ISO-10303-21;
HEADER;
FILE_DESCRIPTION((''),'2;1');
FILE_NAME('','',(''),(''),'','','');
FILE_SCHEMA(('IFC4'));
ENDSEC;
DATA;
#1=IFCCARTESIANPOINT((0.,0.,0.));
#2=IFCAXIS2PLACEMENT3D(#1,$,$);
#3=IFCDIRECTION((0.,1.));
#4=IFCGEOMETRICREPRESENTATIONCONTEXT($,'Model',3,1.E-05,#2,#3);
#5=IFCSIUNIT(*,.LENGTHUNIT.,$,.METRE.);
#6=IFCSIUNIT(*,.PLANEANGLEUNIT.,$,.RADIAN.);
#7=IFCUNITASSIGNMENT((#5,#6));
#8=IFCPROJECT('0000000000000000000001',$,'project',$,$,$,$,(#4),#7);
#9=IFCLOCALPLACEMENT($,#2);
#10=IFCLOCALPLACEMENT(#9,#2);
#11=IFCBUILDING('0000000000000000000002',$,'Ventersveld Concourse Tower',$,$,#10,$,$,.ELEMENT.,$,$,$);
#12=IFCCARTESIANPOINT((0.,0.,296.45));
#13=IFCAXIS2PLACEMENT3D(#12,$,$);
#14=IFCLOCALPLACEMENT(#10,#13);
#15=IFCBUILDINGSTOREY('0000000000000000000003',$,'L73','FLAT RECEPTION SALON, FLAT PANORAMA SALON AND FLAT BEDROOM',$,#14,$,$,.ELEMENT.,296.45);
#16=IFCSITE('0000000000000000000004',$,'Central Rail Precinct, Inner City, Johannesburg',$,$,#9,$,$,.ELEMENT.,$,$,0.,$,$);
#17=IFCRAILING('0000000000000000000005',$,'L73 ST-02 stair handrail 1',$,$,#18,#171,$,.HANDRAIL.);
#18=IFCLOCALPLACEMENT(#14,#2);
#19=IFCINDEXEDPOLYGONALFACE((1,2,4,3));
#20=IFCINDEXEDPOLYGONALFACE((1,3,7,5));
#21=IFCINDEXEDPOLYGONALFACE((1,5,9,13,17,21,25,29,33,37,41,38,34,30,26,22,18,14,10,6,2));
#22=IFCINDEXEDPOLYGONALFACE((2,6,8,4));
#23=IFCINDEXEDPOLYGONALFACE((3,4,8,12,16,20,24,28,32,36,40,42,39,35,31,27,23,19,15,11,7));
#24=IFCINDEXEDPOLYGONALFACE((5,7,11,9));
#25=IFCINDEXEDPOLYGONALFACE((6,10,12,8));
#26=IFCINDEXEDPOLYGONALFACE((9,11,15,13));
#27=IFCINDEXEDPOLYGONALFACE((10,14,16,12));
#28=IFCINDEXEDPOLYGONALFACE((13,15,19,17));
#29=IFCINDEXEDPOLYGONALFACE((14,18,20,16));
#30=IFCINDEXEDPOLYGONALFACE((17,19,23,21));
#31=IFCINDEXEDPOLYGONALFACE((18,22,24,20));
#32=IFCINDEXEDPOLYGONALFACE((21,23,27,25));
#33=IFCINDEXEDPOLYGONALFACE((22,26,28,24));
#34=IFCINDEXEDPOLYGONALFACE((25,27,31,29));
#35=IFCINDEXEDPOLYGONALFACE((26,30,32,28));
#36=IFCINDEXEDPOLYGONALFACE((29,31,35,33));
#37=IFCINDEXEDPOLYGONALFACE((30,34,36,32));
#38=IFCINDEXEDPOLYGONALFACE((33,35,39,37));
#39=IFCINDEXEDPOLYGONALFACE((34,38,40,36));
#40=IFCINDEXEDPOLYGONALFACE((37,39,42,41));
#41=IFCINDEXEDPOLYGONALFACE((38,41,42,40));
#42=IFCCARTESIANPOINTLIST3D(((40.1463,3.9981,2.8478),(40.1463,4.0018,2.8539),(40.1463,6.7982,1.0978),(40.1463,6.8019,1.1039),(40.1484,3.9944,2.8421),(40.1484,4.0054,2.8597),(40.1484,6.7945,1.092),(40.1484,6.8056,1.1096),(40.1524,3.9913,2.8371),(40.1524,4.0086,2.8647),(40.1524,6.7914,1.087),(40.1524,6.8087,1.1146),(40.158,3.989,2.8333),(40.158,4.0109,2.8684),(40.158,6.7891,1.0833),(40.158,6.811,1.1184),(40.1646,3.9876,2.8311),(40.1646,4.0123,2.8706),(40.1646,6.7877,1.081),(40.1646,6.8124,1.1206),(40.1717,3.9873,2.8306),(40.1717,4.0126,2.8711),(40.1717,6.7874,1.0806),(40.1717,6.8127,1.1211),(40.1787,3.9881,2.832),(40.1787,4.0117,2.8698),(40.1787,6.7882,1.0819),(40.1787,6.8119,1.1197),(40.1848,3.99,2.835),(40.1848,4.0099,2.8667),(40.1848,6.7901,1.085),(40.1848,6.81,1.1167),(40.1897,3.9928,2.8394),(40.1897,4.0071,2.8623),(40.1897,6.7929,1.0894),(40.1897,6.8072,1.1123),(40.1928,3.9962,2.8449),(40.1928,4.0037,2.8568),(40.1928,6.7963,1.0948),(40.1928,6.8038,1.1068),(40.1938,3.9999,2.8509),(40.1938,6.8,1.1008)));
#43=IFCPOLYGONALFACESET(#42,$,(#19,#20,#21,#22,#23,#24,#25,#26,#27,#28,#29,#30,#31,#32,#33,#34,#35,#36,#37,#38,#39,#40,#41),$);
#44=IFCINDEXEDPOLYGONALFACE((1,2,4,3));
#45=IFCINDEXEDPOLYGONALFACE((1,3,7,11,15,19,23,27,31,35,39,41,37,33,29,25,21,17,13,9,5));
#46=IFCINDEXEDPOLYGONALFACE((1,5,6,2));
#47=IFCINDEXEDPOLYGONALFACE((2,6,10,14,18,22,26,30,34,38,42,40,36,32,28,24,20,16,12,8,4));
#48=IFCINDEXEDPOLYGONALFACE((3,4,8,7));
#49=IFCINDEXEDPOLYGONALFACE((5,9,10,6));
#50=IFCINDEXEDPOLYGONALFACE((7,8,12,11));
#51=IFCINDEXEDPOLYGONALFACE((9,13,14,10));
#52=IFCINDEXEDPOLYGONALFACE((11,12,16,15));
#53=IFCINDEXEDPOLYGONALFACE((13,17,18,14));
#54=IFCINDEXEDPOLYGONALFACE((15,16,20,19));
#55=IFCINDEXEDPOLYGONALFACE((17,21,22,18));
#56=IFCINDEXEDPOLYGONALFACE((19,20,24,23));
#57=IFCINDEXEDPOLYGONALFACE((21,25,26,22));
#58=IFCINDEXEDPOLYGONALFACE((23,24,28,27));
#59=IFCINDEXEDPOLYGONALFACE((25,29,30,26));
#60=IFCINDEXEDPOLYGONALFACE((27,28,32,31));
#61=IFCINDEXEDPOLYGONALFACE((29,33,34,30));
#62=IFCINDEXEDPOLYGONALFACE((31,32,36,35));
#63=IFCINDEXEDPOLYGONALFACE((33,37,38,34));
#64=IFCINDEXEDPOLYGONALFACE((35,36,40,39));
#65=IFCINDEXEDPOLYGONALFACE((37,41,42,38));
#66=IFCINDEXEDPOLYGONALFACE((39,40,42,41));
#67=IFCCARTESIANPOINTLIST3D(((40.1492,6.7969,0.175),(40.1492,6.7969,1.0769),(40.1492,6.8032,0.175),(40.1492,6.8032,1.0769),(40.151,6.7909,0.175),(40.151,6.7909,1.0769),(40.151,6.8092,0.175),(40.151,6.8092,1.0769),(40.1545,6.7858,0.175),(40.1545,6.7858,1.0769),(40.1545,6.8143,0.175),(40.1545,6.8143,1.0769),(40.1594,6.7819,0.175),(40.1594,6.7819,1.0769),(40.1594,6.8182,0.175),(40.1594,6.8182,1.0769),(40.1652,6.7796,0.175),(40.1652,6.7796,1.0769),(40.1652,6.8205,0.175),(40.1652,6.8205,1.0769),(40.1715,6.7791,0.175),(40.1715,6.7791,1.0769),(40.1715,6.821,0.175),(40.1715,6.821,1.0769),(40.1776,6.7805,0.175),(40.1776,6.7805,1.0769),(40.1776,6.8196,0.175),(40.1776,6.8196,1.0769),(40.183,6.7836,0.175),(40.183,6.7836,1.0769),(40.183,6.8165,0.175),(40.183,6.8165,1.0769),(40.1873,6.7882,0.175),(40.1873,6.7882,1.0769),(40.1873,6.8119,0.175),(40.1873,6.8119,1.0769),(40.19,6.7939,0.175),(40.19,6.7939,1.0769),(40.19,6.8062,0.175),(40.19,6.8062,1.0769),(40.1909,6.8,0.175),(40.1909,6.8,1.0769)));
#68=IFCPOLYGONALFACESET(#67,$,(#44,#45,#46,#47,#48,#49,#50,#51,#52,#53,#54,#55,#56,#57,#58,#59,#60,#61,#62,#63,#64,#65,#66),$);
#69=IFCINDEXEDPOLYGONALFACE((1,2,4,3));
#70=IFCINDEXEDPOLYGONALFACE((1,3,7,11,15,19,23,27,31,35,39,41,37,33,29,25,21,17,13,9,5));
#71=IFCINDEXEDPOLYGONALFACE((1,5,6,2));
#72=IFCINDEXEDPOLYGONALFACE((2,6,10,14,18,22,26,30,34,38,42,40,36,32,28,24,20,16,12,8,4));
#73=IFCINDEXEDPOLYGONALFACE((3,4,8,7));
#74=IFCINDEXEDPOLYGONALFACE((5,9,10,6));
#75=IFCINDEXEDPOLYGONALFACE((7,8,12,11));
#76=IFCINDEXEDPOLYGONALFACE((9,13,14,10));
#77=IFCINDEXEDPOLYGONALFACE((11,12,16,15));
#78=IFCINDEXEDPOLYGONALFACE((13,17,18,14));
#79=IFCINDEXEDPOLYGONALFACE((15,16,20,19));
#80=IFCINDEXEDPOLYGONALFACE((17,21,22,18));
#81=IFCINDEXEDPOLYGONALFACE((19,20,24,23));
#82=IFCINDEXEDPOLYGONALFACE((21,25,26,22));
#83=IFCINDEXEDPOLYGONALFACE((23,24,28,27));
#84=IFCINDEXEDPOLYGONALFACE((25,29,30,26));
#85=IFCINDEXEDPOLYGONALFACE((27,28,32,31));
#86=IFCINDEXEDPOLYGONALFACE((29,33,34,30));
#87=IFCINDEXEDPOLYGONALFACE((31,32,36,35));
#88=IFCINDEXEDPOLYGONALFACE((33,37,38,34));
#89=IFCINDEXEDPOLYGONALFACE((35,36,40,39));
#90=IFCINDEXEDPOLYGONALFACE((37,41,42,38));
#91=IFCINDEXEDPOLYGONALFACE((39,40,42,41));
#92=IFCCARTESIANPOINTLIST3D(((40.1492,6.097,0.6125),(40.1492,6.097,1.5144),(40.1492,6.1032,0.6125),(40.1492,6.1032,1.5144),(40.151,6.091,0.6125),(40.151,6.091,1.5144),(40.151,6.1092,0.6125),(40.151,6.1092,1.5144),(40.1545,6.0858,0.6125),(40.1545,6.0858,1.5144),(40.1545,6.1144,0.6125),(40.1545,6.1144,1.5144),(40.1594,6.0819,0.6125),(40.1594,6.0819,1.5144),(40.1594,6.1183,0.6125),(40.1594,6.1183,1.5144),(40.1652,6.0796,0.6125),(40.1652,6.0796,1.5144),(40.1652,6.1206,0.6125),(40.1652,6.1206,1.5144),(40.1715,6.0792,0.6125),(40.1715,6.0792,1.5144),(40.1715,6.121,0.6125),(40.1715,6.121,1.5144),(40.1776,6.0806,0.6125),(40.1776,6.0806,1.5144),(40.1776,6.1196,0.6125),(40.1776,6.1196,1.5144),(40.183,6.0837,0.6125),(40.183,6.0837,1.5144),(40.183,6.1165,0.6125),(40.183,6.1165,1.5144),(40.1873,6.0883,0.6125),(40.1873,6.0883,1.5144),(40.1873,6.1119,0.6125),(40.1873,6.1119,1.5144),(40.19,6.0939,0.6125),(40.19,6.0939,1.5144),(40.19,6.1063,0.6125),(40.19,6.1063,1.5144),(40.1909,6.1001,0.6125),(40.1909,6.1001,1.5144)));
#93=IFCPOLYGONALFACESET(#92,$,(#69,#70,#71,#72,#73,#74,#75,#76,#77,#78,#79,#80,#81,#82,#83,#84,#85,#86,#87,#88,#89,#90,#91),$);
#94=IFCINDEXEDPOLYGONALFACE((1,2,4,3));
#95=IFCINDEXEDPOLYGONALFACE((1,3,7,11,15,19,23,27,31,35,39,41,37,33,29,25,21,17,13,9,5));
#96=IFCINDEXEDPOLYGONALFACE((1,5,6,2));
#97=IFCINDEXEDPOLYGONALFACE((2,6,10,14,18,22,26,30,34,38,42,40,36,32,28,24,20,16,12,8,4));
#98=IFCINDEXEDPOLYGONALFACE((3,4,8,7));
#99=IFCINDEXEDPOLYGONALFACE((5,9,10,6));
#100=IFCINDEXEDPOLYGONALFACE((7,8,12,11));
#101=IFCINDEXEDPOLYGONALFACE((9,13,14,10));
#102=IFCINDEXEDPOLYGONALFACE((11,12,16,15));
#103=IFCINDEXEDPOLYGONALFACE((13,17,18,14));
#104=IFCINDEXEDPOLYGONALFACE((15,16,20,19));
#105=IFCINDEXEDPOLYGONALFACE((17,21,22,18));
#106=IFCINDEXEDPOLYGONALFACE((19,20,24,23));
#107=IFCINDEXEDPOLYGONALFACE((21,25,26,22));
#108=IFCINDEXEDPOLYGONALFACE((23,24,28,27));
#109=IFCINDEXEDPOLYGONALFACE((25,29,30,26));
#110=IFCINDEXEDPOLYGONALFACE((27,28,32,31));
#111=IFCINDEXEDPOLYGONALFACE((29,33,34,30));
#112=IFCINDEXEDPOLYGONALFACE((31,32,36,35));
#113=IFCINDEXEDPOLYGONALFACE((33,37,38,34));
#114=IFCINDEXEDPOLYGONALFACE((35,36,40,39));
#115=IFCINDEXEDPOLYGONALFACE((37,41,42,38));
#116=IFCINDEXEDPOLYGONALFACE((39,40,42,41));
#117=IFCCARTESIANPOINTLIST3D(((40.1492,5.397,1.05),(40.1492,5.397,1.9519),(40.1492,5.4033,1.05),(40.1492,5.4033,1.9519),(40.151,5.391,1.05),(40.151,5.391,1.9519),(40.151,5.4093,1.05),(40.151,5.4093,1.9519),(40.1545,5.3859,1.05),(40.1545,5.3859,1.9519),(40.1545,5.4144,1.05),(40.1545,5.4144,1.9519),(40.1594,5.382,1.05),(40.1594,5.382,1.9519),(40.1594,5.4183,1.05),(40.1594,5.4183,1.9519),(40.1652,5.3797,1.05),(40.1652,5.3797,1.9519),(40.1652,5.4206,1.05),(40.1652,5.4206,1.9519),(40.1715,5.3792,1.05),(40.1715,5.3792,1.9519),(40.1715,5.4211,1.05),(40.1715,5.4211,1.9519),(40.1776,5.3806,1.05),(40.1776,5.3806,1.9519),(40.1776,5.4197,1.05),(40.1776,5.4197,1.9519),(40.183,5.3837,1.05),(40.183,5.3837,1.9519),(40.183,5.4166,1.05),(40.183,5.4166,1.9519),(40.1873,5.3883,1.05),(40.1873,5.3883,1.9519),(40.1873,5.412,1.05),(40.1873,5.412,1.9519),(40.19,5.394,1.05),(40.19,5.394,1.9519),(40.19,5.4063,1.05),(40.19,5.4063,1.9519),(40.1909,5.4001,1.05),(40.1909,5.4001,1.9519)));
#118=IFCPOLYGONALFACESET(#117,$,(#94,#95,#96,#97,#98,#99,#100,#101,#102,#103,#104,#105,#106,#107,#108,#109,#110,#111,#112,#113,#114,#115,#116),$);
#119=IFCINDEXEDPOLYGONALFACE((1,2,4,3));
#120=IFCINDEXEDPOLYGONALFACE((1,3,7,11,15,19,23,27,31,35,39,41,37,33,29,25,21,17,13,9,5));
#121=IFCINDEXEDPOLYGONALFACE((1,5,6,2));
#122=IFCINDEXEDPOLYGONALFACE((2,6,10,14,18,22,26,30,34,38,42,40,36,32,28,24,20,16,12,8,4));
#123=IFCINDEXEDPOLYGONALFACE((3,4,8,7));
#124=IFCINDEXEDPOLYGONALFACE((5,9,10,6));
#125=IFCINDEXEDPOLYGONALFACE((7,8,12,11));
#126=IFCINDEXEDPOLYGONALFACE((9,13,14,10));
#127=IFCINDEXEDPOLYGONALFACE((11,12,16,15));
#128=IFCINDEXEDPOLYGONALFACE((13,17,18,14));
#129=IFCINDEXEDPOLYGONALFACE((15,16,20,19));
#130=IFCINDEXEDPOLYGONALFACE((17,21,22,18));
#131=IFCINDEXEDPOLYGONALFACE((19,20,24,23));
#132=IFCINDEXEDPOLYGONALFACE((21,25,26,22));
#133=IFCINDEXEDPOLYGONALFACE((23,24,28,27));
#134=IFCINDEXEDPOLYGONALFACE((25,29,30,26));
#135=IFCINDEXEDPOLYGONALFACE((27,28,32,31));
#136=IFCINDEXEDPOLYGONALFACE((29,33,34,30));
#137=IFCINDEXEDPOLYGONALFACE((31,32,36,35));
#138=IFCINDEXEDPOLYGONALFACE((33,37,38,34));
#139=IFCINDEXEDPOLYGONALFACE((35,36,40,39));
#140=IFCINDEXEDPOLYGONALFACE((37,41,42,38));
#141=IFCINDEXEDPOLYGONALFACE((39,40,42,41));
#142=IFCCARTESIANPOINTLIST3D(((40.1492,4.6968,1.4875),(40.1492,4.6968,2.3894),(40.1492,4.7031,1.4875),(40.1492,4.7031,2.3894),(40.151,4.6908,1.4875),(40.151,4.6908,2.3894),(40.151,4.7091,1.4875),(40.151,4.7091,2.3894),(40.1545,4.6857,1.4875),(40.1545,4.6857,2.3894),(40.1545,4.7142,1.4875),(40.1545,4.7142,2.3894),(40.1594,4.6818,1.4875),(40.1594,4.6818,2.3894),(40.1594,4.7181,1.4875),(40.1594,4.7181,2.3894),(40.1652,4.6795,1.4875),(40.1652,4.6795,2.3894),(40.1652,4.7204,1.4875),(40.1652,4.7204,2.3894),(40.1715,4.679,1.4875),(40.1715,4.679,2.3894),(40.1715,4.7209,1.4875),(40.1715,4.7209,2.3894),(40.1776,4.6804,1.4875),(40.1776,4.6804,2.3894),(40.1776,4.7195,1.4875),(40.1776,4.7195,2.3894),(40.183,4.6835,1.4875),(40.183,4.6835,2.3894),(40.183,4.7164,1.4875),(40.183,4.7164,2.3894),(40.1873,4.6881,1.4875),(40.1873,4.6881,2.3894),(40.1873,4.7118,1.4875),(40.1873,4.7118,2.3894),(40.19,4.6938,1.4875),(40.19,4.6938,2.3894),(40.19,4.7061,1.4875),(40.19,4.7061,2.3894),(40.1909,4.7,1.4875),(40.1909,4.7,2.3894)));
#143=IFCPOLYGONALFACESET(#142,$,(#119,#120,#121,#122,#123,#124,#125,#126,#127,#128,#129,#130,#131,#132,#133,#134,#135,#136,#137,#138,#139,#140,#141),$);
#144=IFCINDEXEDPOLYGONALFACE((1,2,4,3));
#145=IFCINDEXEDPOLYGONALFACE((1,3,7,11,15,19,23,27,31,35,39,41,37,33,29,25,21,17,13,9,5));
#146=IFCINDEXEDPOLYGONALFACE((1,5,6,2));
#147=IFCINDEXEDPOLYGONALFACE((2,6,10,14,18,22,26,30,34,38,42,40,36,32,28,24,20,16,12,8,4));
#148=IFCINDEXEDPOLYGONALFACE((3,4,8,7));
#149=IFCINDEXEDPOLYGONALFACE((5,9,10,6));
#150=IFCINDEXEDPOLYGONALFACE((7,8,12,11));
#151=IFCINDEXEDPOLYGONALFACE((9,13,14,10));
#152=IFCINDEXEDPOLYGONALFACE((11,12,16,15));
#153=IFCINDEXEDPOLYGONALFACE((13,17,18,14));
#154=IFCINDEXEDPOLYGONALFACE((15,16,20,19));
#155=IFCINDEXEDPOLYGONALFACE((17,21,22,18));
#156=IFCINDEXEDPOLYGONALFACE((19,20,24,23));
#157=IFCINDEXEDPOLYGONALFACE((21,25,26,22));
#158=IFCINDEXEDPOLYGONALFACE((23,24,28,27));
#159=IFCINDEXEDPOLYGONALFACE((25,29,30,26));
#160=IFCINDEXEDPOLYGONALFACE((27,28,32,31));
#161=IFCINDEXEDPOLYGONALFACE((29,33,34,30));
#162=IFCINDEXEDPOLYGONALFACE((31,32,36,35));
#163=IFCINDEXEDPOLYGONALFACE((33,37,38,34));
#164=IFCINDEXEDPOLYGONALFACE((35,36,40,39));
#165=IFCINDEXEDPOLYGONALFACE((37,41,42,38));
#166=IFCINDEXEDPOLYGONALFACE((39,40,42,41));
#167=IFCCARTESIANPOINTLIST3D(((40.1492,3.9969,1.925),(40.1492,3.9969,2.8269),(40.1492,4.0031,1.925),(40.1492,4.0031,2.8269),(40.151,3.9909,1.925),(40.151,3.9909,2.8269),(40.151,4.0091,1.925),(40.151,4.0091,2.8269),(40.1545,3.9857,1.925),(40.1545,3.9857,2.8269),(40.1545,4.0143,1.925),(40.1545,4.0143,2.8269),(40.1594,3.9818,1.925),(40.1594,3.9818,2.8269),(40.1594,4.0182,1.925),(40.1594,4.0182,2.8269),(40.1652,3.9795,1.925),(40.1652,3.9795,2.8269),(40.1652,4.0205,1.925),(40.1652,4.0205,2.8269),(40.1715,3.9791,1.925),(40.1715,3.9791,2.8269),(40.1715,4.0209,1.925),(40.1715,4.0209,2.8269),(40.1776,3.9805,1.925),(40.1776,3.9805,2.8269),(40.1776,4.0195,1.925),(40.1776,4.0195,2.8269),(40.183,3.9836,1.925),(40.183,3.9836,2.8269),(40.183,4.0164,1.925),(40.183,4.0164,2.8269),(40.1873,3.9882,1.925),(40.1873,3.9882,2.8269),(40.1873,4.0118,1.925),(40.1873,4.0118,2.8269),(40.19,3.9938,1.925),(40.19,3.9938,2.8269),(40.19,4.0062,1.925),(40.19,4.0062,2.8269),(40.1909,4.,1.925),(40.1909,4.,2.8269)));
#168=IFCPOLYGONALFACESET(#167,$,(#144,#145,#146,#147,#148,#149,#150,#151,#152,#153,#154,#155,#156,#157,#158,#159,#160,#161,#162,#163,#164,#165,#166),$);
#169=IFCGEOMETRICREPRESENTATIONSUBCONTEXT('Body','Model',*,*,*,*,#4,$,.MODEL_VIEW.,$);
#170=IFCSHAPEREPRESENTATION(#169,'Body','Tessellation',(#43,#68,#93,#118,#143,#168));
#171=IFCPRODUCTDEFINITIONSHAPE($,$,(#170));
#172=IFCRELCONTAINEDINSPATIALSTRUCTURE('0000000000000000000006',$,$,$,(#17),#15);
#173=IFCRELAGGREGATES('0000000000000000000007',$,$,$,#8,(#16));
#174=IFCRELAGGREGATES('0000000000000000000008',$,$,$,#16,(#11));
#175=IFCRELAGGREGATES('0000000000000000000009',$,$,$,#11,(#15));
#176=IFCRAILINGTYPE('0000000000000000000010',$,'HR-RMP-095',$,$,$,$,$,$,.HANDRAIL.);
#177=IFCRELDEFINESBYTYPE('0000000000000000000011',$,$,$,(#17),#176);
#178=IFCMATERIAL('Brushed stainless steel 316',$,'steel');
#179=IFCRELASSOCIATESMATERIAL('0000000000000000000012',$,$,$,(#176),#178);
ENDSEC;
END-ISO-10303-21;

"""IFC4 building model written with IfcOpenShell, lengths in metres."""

from ifc_helpers import new_model, si_unit, direction, frame, origin, origin_2d, place, context, subcontext, project, spatial, circle, extrude, material, type_object, element, save


model = new_model("IFC4")

# Units and contexts
model_context = context("Model", 3, precision=1e-05, world=origin(), true_north=direction((0.0, 1.0)))
body_context = subcontext(model_context, "Body", "Model", "MODEL_VIEW")
ifc_project = project(units=[si_unit("LENGTHUNIT", "METRE"), si_unit("PLANEANGLEUNIT", "RADIAN")], contexts=[model_context])

# Site, building, storey
site_placement = place(None, origin())
site = spatial("IfcSite", under=ifc_project, at=site_placement, Name="Central Rail Precinct, Inner City, Johannesburg", CompositionType="ELEMENT", RefElevation=0.0)
building_placement = place(site_placement, origin())
building = spatial("IfcBuilding", under=site, at=building_placement, Name="Ventersveld Concourse Tower", CompositionType="ELEMENT")
storey_placement = place(building_placement, frame((0.0, 0.0, 296.45)))
storey = spatial("IfcBuildingStorey", under=building, at=storey_placement, Name="L73", Description="FLAT RECEPTION SALON, FLAT PANORAMA SALON AND FLAT BEDROOM", CompositionType="ELEMENT", Elevation=296.45)

# Shared definitions
ifc_material_1 = material(Name="Brushed stainless steel 316", Category="steel")

# Railing
railing_type_1 = type_object("IfcRailingType", Name="HR-RMP-095", PredefinedType="HANDRAIL", material=ifc_material_1)
railing_1_placement = place(storey_placement, frame((40.1699, 6.8, 0.175)))
element("IfcRailing", 1, at=railing_1_placement, inside=storey, type_object=railing_type_1, Name="L73 ST-02 stair handrail 1", PredefinedType="HANDRAIL", context=body_context, shape_type="SweptSolid", body=[
    extrude(circle(Radius=0.0239, at=origin_2d()), frame((0.0, 0.0, 0.9258), z_axis=(0.0, -0.848002, 0.529992), x_axis=(1.0, 0.0, 0.0)), (0.0, 0.0, 1.0), 3.302),
    extrude(circle(Radius=0.021, at=origin_2d()), origin(), (0.0, 0.0, 1.0), 0.9019),
    extrude(circle(Radius=0.021, at=origin_2d()), frame((0.0, -0.7, 0.4375)), (0.0, 0.0, 1.0), 0.9019),
    extrude(circle(Radius=0.021, at=origin_2d()), frame((0.0, -1.3999, 0.875)), (0.0, 0.0, 1.0), 0.9019),
    extrude(circle(Radius=0.021, at=origin_2d()), frame((0.0, -2.1001, 1.3125)), (0.0, 0.0, 1.0), 0.9019),
    extrude(circle(Radius=0.021, at=origin_2d()), frame((0.0, -2.8, 1.75)), (0.0, 0.0, 1.0), 0.9019),
])

save(model, "model.ifc")
